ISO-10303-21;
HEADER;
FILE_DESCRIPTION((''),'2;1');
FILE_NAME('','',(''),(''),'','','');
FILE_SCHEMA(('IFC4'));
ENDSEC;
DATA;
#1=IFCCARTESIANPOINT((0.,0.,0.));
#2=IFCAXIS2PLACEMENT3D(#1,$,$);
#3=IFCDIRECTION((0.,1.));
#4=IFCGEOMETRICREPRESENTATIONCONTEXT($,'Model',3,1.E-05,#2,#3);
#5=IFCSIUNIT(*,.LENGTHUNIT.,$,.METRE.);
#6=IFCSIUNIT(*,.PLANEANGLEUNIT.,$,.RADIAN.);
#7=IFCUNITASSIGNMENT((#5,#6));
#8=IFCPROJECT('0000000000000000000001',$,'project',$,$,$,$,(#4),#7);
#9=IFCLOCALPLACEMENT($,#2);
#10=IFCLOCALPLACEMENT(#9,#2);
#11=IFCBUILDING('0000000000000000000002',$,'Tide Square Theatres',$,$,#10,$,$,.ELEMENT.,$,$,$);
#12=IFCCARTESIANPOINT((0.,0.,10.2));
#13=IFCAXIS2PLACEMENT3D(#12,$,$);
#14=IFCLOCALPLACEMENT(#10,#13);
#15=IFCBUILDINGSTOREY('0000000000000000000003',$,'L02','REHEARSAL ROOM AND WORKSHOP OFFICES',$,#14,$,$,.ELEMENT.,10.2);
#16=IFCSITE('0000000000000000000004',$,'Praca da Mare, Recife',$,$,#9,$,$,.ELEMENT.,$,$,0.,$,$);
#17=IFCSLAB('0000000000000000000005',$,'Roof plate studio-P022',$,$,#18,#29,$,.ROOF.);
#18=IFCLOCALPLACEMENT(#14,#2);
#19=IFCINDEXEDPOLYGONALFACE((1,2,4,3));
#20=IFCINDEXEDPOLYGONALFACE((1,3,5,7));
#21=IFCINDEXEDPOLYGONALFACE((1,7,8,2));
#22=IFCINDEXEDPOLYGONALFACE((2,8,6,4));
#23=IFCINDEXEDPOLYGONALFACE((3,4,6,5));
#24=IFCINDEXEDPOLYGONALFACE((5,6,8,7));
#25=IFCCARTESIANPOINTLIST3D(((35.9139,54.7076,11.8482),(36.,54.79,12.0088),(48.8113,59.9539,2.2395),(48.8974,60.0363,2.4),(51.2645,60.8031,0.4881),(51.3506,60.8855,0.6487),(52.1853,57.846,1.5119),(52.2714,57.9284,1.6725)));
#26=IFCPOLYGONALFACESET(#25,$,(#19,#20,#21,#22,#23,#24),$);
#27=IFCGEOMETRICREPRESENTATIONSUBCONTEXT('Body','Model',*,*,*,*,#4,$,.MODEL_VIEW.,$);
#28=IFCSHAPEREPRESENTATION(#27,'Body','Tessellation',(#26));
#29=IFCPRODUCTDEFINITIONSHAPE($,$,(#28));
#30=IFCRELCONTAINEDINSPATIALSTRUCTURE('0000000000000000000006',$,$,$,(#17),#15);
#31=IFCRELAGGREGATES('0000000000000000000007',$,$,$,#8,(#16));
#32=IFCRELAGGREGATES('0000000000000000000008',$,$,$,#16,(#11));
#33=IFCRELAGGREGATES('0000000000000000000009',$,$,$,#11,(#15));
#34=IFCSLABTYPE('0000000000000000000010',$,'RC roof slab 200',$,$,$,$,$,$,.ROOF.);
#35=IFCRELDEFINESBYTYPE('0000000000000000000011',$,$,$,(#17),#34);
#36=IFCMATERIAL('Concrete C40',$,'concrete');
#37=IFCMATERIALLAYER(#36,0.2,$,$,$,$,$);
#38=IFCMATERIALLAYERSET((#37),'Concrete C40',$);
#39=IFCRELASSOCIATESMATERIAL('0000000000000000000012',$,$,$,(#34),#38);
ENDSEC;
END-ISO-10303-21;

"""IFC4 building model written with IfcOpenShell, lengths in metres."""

from ifc_helpers import new_model, si_unit, direction, frame, origin, place, context, subcontext, project, spatial, polyline, outline, extrude, material, layer, layer_set, type_object, element, save


model = new_model("IFC4")

# Units and contexts
model_context = context("Model", 3, precision=1e-05, world=origin(), true_north=direction((0.0, 1.0)))
body_context = subcontext(model_context, "Body", "Model", "MODEL_VIEW")
ifc_project = project(units=[si_unit("LENGTHUNIT", "METRE"), si_unit("PLANEANGLEUNIT", "RADIAN")], contexts=[model_context])

# Site, building, storey
site_placement = place(None, origin())
site = spatial("IfcSite", under=ifc_project, at=site_placement, Name="Praca da Mare, Recife", CompositionType="ELEMENT", RefElevation=0.0)
building_placement = place(site_placement, origin())
building = spatial("IfcBuilding", under=site, at=building_placement, Name="Tide Square Theatres", CompositionType="ELEMENT")
storey_placement = place(building_placement, frame((0.0, 0.0, 10.2)))
storey = spatial("IfcBuildingStorey", under=building, at=storey_placement, Name="L02", Description="REHEARSAL ROOM AND WORKSHOP OFFICES", CompositionType="ELEMENT", Elevation=10.2)

# Slab
ifc_material_1 = material(Name="Concrete C40", Category="concrete")
ifc_layer = layer(ifc_material_1, 0.2)
ifc_layer_set = layer_set([ifc_layer], Name="Concrete C40")
slab_type = type_object("IfcSlabType", Name="RC roof slab 200", PredefinedType="ROOF", material=ifc_layer_set)
slab_1_placement = place(storey_placement, frame((36.0, 54.79, 12.0088), z_axis=(0.430599, 0.412094, 0.802972), x_axis=(0.833121, 0.160689, -0.529234)))
element("IfcSlab", 1, at=slab_1_placement, inside=storey, type_object=slab_type, Name="Roof plate studio-P022", PredefinedType="ROOF", context=body_context, shape_type="SweptSolid", body=[
    extrude(outline(polyline([(0.0, 0.0), (19.5307, 0.0), (19.7805, 3.2524), (16.6734, 2.8623), (0.0, 0.0)])), origin(), (0.0, 0.0, -1.0), 0.2),
])

save(model, "model.ifc")
